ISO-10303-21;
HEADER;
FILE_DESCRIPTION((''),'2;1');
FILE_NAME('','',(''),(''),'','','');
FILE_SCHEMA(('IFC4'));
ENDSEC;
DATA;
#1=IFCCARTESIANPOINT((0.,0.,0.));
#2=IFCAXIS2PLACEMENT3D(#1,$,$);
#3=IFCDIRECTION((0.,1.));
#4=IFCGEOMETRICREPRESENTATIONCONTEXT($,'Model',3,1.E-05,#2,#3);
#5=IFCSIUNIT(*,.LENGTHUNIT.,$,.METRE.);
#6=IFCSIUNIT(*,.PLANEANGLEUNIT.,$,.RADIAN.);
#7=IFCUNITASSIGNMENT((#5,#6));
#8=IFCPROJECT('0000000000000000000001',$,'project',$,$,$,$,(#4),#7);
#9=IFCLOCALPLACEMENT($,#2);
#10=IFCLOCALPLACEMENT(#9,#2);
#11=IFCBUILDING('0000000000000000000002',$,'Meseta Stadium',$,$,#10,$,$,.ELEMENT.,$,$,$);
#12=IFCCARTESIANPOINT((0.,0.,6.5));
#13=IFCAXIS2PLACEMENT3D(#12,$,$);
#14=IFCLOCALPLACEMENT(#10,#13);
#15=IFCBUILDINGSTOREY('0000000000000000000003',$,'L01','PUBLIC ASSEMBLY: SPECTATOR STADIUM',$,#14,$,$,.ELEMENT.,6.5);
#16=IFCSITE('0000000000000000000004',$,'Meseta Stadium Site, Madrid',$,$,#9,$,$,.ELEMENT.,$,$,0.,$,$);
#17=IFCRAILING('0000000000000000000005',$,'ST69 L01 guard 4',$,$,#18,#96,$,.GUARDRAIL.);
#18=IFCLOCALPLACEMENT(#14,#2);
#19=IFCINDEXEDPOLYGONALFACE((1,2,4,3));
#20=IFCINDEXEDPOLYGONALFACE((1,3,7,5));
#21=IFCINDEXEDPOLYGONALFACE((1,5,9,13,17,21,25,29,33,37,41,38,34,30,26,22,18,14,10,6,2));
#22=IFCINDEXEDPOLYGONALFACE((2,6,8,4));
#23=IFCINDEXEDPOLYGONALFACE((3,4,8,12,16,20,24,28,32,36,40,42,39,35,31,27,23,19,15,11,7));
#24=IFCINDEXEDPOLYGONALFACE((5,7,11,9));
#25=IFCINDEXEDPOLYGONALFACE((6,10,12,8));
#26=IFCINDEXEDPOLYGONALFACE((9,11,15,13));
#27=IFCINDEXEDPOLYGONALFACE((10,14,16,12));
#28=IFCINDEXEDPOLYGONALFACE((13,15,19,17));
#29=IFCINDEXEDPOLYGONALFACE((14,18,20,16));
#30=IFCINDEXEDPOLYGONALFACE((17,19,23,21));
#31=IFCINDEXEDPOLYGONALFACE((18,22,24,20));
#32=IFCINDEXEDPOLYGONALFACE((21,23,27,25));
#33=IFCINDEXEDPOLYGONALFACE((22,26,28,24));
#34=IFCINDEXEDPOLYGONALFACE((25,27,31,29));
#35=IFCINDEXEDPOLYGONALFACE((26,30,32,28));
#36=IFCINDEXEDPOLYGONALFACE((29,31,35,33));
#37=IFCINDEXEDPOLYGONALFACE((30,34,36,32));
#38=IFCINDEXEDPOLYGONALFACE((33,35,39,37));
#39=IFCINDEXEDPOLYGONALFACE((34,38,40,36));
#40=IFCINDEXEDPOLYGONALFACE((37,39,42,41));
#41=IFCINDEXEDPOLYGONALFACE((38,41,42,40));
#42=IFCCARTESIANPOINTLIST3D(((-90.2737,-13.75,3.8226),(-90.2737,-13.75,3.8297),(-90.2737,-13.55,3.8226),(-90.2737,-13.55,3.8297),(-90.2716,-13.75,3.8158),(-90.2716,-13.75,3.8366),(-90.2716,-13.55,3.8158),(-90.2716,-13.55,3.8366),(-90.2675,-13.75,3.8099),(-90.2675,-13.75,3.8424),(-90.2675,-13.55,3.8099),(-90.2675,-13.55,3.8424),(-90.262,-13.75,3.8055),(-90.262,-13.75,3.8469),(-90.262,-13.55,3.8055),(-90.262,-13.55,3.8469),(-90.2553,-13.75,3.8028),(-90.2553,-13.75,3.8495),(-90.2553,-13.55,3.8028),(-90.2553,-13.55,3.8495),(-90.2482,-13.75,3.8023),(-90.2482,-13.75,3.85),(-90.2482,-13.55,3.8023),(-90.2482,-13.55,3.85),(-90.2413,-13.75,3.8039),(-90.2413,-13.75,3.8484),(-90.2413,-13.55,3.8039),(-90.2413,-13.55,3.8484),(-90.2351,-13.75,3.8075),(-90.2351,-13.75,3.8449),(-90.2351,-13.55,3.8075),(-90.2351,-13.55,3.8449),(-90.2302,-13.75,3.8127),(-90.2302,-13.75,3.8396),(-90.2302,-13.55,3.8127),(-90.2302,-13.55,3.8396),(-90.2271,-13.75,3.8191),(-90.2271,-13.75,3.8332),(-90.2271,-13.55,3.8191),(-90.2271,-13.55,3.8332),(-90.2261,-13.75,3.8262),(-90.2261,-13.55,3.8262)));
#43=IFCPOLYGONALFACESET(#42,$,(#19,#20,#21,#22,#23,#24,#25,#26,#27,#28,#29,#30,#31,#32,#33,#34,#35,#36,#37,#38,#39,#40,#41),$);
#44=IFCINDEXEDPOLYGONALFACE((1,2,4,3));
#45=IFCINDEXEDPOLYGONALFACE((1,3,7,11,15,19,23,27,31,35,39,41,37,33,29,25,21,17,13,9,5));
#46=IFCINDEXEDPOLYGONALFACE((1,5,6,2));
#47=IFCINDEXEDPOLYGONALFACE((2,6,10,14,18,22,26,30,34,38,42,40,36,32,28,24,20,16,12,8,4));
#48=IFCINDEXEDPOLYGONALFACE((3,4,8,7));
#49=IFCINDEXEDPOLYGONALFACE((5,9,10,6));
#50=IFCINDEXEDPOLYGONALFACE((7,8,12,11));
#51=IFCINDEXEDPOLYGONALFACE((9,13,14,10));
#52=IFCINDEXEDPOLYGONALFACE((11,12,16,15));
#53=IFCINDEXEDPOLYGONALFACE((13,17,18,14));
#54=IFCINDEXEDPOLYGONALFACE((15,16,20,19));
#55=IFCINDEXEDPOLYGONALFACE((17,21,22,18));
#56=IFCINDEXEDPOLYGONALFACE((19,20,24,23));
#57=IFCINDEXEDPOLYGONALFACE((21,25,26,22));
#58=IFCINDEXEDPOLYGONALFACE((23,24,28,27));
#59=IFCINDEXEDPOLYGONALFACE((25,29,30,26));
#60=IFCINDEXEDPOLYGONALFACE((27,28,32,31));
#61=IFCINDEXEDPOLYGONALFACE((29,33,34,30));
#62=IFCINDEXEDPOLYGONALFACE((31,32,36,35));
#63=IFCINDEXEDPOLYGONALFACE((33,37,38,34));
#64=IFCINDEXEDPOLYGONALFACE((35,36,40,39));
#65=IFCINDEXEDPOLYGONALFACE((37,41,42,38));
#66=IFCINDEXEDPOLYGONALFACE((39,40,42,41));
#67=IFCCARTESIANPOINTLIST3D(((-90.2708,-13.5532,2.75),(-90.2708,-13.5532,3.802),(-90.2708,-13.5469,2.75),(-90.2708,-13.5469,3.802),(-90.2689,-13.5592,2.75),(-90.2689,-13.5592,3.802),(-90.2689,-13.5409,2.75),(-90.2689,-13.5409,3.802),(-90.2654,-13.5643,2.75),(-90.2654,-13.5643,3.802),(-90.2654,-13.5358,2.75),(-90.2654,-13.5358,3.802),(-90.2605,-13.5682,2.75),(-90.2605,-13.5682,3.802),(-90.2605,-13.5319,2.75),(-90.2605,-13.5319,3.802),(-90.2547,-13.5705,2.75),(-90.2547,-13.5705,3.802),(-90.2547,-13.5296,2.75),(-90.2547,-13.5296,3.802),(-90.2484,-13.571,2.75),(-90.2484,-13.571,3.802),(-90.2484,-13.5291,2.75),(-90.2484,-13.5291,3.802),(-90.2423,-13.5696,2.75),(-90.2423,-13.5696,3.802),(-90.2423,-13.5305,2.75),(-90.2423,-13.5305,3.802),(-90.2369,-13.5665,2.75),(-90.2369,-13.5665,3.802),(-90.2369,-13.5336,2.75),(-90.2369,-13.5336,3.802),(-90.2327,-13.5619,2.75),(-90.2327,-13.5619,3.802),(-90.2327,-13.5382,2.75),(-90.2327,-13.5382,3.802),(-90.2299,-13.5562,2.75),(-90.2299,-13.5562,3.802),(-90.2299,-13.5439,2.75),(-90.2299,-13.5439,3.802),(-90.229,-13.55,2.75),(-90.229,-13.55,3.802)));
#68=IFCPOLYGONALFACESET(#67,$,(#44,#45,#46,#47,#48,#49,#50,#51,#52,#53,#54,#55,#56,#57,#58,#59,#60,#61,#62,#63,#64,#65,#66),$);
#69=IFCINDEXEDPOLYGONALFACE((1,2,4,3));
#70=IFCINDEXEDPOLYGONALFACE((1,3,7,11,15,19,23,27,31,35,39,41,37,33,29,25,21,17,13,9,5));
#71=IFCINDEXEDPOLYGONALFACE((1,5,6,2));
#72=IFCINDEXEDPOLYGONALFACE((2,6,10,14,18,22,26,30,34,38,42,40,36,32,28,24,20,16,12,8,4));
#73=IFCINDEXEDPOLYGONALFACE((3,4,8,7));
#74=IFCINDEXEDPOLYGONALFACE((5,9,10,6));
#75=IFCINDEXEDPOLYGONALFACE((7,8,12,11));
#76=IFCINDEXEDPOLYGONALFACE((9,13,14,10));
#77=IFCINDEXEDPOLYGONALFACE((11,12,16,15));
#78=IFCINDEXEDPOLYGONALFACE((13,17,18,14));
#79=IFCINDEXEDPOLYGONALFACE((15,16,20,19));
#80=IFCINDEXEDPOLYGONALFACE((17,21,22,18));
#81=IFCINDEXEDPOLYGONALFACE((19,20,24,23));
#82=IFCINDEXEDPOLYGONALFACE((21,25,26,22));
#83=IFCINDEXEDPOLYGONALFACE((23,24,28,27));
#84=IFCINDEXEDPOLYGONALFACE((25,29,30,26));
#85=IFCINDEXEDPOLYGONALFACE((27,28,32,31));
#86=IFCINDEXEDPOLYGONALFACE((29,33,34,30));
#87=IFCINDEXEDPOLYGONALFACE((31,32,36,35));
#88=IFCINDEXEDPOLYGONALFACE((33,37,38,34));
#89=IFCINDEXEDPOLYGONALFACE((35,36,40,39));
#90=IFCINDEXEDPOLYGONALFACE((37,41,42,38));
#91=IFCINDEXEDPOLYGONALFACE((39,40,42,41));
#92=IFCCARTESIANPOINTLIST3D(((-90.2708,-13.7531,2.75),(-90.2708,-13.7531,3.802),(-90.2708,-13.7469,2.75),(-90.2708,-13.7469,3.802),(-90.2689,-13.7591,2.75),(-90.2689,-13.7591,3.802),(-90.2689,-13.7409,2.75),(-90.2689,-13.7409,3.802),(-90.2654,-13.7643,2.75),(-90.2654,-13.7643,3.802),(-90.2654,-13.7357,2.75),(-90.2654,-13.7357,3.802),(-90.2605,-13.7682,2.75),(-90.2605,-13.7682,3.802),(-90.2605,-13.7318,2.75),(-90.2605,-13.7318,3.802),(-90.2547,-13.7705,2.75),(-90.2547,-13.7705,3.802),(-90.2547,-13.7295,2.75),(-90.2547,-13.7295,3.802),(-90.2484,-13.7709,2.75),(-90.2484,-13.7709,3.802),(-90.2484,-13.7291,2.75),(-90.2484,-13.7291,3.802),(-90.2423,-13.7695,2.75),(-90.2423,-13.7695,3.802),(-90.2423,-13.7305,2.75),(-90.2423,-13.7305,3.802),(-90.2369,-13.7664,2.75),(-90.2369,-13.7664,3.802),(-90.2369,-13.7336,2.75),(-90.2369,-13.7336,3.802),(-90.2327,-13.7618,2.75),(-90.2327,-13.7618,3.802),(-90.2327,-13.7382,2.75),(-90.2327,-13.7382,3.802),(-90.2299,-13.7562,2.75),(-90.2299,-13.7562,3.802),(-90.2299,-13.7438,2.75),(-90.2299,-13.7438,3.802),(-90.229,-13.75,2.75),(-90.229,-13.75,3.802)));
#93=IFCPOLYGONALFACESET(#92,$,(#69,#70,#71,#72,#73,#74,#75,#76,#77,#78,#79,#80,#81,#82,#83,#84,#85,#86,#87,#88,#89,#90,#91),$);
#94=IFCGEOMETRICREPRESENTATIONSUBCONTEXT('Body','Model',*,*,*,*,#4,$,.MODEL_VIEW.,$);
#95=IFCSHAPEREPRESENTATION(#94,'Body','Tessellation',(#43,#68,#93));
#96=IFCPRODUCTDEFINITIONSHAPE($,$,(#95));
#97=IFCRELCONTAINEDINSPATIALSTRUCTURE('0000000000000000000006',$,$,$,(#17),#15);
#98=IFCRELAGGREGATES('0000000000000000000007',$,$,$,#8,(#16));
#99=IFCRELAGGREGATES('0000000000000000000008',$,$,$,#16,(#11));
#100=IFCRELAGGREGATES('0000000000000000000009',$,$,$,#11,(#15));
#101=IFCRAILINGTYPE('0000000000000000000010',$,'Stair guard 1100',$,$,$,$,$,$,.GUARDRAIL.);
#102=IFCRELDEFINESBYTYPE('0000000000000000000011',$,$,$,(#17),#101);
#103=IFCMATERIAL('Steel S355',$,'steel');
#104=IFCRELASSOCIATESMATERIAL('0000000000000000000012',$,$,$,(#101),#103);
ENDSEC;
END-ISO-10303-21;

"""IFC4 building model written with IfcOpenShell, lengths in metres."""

from ifc_helpers import new_model, si_unit, direction, frame, origin, origin_2d, place, context, subcontext, project, spatial, circle, extrude, material, type_object, element, save


model = new_model("IFC4")

# Units and contexts
model_context = context("Model", 3, precision=1e-05, world=origin(), true_north=direction((0.0, 1.0)))
body_context = subcontext(model_context, "Body", "Model", "MODEL_VIEW")
ifc_project = project(units=[si_unit("LENGTHUNIT", "METRE"), si_unit("PLANEANGLEUNIT", "RADIAN")], contexts=[model_context])

# Site, building, storey
site_placement = place(None, origin())
site = spatial("IfcSite", under=ifc_project, at=site_placement, Name="Meseta Stadium Site, Madrid", CompositionType="ELEMENT", RefElevation=0.0)
building_placement = place(site_placement, origin())
building = spatial("IfcBuilding", under=site, at=building_placement, Name="Meseta Stadium", CompositionType="ELEMENT")
storey_placement = place(building_placement, frame((0.0, 0.0, 6.5)))
storey = spatial("IfcBuildingStorey", under=building, at=storey_placement, Name="L01", Description="PUBLIC ASSEMBLY: SPECTATOR STADIUM", CompositionType="ELEMENT", Elevation=6.5)

# Railing
ifc_material_1 = material(Name="Steel S355", Category="steel")
railing_type_1 = type_object("IfcRailingType", Name="Stair guard 1100", PredefinedType="GUARDRAIL", material=ifc_material_1)
railing_1_placement = place(storey_placement, frame((-90.25, -13.55, 2.75)))
element("IfcRailing", 1, at=railing_1_placement, inside=storey, type_object=railing_type_1, Name="ST69 L01 guard 4", PredefinedType="GUARDRAIL", context=body_context, shape_type="SweptSolid", body=[
    extrude(circle(Radius=0.0239, at=origin_2d()), frame((0.0, 0.0, 1.0762), z_axis=(0.0, -1.0, 0.0), x_axis=(1.0, 0.0, 0.0)), (0.0, 0.0, 1.0), 0.2),
    extrude(circle(Radius=0.021, at=origin_2d()), origin(), (0.0, 0.0, 1.0), 1.052),
    extrude(circle(Radius=0.021, at=origin_2d()), frame((0.0, -0.2, 0.0)), (0.0, 0.0, 1.0), 1.052),
])

save(model, "model.ifc")
